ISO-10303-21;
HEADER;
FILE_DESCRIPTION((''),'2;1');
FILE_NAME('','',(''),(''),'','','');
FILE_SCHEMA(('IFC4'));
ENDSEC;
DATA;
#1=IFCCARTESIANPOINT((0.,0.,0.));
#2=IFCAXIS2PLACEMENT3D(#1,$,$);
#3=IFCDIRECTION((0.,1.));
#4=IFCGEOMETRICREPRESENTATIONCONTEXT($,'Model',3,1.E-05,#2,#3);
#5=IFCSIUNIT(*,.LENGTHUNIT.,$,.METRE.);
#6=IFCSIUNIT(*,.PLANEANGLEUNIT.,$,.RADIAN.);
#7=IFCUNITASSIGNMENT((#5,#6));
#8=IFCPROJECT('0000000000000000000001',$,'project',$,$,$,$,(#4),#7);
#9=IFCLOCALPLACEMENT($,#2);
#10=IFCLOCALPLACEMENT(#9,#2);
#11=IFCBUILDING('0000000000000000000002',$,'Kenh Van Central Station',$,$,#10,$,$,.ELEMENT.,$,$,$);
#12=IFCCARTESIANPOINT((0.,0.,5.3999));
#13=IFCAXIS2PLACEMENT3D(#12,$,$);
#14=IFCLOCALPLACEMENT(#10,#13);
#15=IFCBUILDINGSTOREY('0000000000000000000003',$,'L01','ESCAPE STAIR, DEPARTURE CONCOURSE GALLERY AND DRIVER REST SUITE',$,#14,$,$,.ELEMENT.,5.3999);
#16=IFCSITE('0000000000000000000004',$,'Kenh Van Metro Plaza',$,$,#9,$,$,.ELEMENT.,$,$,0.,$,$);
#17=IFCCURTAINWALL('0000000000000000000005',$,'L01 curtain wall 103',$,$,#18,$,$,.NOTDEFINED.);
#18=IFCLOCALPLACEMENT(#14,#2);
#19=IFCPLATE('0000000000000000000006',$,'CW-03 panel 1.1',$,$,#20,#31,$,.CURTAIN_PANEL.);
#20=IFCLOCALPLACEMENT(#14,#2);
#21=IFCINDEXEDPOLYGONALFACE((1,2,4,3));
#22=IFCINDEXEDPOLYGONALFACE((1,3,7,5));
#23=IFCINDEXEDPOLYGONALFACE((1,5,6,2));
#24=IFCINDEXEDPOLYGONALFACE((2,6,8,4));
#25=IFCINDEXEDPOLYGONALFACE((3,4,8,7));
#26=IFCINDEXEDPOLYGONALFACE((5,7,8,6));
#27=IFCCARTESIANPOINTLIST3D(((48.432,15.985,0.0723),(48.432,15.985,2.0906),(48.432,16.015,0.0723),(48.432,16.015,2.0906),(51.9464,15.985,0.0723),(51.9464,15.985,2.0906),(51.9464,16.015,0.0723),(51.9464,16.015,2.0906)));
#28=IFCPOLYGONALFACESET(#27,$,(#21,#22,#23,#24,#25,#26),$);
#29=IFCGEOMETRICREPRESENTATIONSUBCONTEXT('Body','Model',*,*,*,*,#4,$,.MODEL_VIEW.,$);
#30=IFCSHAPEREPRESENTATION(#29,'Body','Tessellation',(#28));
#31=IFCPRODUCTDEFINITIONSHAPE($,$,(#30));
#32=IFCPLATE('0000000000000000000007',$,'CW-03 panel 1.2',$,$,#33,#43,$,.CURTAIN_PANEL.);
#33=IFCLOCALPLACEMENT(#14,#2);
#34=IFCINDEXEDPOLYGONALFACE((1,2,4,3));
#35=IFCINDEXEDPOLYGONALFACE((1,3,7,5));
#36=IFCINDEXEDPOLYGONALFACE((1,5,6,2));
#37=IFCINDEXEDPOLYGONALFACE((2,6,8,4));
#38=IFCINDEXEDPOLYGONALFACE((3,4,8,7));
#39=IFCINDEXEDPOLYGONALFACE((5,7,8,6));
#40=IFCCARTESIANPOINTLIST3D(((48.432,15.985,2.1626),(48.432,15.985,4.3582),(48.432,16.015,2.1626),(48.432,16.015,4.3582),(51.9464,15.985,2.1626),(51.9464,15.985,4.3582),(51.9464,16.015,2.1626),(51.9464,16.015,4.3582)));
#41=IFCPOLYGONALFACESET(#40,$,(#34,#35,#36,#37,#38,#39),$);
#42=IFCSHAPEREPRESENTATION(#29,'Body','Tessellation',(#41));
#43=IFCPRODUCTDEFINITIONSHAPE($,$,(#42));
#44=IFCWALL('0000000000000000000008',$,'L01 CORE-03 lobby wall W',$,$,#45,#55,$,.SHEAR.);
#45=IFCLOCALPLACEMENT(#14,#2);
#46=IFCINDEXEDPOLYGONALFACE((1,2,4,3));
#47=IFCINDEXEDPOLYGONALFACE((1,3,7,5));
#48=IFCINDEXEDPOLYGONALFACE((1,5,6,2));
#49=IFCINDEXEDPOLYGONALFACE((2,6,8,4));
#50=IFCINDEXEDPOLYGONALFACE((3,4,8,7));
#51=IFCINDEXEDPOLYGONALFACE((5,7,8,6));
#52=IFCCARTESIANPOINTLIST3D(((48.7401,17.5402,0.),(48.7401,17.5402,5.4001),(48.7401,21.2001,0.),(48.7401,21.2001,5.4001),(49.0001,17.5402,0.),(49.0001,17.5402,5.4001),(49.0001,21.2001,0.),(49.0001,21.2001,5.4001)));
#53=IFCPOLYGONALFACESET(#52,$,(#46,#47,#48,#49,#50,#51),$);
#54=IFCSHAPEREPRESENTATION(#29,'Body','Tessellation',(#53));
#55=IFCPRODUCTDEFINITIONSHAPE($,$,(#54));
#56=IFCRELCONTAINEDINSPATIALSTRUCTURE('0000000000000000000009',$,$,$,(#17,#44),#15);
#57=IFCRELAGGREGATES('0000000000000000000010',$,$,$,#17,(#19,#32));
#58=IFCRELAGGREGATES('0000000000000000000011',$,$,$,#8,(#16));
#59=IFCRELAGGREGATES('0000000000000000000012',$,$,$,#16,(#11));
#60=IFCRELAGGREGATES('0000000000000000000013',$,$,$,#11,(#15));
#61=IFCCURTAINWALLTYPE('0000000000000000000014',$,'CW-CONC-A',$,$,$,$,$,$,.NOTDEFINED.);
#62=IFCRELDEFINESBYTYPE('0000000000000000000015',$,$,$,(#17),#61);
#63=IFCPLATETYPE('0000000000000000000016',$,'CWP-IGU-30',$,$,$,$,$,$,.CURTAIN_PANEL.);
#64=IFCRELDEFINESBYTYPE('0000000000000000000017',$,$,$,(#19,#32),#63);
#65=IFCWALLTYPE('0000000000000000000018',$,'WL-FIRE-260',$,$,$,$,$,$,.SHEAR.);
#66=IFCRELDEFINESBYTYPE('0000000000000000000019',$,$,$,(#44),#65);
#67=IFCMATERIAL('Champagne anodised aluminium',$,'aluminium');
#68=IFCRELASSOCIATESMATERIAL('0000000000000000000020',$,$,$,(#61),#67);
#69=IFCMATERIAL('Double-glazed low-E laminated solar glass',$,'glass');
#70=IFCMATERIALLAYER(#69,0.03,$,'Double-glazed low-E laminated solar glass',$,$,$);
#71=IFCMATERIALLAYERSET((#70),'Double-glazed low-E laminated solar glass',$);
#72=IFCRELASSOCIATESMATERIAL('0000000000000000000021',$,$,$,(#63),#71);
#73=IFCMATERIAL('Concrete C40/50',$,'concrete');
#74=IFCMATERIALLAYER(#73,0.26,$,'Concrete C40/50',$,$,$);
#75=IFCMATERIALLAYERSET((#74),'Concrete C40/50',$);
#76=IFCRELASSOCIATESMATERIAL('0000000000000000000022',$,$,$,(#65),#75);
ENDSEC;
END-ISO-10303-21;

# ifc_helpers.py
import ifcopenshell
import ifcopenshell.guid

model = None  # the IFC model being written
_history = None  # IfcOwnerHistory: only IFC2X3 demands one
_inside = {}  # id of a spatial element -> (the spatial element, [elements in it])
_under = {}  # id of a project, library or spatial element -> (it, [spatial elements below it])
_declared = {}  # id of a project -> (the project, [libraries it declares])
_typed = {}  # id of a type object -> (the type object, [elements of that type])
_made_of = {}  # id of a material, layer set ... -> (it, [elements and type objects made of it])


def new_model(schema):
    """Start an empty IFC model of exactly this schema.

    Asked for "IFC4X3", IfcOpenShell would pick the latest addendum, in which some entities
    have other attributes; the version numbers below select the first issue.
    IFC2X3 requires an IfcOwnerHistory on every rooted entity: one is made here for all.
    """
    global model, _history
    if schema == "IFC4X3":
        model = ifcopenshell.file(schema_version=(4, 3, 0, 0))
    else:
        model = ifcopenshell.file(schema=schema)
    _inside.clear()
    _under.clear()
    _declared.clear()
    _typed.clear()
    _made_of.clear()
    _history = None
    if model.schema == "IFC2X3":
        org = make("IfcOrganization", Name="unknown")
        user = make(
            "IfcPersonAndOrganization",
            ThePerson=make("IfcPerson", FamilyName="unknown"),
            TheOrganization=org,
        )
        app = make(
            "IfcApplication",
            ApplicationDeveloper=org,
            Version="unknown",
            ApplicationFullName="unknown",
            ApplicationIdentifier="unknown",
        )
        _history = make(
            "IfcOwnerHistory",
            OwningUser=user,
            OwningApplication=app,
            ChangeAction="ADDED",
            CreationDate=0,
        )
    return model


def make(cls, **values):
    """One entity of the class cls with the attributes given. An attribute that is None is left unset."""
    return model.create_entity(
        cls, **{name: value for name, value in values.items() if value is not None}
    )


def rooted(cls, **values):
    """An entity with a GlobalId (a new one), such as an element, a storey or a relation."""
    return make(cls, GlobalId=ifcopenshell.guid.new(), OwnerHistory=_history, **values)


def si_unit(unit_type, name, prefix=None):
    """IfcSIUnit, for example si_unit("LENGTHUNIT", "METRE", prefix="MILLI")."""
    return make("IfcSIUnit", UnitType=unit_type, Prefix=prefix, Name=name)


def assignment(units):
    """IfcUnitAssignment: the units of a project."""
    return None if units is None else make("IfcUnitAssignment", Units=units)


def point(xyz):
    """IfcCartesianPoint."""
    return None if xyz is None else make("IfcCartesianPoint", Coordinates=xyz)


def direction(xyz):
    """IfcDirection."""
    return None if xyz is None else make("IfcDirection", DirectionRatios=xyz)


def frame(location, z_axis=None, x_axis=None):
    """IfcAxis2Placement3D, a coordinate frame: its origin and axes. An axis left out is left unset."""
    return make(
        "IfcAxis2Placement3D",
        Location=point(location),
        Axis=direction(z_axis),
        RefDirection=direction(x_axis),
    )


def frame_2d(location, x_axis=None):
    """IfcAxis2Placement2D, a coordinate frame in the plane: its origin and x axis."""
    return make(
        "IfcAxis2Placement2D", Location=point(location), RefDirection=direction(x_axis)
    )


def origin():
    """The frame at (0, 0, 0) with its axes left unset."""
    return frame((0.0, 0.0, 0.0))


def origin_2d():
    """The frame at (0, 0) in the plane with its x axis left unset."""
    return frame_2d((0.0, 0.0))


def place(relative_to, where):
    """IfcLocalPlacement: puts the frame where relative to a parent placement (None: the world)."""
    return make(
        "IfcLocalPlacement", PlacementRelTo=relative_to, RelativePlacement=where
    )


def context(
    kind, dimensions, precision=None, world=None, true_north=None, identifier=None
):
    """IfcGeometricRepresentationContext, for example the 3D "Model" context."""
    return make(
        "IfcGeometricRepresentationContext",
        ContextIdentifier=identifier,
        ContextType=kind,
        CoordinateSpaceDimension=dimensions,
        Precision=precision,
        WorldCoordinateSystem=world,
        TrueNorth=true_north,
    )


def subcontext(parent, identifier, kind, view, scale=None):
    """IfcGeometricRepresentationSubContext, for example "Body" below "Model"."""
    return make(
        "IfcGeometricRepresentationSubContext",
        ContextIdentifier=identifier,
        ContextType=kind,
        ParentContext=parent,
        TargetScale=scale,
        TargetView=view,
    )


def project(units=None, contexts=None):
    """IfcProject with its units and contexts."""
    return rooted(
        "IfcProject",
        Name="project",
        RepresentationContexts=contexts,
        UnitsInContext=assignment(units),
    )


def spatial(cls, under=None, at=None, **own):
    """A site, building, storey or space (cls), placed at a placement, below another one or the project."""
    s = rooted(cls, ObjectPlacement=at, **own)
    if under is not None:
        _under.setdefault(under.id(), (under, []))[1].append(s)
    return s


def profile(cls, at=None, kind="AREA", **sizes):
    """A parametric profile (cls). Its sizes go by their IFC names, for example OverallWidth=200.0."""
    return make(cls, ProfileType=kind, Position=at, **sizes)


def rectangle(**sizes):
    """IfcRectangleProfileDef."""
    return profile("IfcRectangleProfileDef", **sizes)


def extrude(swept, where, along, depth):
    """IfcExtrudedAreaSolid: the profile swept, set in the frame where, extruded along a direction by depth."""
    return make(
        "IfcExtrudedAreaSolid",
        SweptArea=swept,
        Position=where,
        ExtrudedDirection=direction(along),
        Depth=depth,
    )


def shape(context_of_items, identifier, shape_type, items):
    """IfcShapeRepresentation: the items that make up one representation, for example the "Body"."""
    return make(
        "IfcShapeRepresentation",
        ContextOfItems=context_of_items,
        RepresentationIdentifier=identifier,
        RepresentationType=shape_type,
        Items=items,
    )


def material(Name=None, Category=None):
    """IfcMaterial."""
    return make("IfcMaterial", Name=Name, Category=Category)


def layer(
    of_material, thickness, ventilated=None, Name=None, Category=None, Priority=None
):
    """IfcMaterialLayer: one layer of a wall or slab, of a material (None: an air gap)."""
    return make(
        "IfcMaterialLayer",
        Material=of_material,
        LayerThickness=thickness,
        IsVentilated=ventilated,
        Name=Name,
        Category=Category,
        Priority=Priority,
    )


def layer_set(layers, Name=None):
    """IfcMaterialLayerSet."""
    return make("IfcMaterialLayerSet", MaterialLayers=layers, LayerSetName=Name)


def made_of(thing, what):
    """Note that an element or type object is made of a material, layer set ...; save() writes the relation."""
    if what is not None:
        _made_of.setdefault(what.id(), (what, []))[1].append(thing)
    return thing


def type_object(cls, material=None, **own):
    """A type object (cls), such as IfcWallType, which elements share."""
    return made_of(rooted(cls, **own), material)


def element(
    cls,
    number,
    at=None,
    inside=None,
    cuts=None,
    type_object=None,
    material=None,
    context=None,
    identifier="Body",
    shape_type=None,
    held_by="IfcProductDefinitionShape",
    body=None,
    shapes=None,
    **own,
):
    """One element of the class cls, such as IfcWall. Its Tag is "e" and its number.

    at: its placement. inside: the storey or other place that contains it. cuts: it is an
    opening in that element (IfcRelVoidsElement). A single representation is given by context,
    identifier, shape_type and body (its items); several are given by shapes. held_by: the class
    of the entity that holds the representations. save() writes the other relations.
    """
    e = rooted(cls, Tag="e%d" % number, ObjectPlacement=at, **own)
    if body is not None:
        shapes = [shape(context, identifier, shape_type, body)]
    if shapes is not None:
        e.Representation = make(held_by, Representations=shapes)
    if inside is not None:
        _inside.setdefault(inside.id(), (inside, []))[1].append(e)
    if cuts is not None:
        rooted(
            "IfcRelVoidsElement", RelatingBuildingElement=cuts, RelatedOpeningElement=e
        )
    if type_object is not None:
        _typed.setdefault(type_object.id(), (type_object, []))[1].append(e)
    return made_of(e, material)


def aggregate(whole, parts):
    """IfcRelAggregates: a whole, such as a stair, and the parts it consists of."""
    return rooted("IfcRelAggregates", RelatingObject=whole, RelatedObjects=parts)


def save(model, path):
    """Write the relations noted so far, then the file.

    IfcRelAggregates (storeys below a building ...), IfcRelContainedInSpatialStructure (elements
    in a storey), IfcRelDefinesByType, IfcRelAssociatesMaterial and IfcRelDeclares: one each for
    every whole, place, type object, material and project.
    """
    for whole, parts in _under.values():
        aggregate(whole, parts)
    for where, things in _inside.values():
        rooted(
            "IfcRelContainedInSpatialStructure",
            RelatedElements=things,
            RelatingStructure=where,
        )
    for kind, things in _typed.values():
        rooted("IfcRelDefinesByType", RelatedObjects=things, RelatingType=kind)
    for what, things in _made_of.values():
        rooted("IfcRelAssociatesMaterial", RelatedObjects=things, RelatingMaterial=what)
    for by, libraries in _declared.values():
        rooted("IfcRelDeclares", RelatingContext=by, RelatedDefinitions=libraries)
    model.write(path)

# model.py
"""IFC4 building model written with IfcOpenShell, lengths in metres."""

from ifc_helpers import new_model, si_unit, direction, frame, frame_2d, origin, origin_2d, place, context, subcontext, project, spatial, rectangle, extrude, material, layer, layer_set, type_object, element, aggregate, save


model = new_model("IFC4")

# Units and contexts
model_context = context("Model", 3, precision=1e-05, world=origin(), true_north=direction((0.0, 1.0)))
body_context = subcontext(model_context, "Body", "Model", "MODEL_VIEW")
ifc_project = project(units=[si_unit("LENGTHUNIT", "METRE"), si_unit("PLANEANGLEUNIT", "RADIAN")], contexts=[model_context])

# Site, building, storey
site_placement = place(None, origin())
site = spatial("IfcSite", under=ifc_project, at=site_placement, Name="Kenh Van Metro Plaza", CompositionType="ELEMENT", RefElevation=0.0)
building_placement = place(site_placement, origin())
building = spatial("IfcBuilding", under=site, at=building_placement, Name="Kenh Van Central Station", CompositionType="ELEMENT")
storey_placement = place(building_placement, frame((0.0, 0.0, 5.3999)))
storey = spatial("IfcBuildingStorey", under=building, at=storey_placement, Name="L01", Description="ESCAPE STAIR, DEPARTURE CONCOURSE GALLERY AND DRIVER REST SUITE", CompositionType="ELEMENT", Elevation=5.3999)

# Shared definitions
ifc_material_1 = material(Name="Concrete C40/50", Category="concrete")

# Curtain wall
ifc_material_2 = material(Name="Champagne anodised aluminium", Category="aluminium")
curtain_wall_type = type_object("IfcCurtainWallType", Name="CW-CONC-A", PredefinedType="NOTDEFINED", material=ifc_material_2)
curtain_wall_placement = place(storey_placement, origin())
curtain_wall = element("IfcCurtainWall", 1, at=curtain_wall_placement, inside=storey, type_object=curtain_wall_type, Name="L01 curtain wall 103", PredefinedType="NOTDEFINED")

# Plates
ifc_material_3 = material(Name="Double-glazed low-E laminated solar glass", Category="glass")
ifc_layer_1 = layer(ifc_material_3, 0.03, Name="Double-glazed low-E laminated solar glass")
ifc_layer_set_1 = layer_set([ifc_layer_1], Name="Double-glazed low-E laminated solar glass")
plate_type = type_object("IfcPlateType", Name="CWP-IGU-30", PredefinedType="CURTAIN_PANEL", material=ifc_layer_set_1)
plate_1_placement = place(storey_placement, frame((50.1892, 16.0, 0.0723), z_axis=(0.0, 0.0, 1.0), x_axis=(1.0, 0.0, 0.0)))
plate_1 = element("IfcPlate", 2, at=plate_1_placement, type_object=plate_type, Name="CW-03 panel 1.1", PredefinedType="CURTAIN_PANEL", context=body_context, shape_type="SweptSolid", body=[
    extrude(rectangle(XDim=3.5144, YDim=0.03, at=origin_2d()), origin(), (0.0, 0.0, 1.0), 2.0183),
])
plate_2_placement = place(storey_placement, frame((50.1892, 16.0, 2.1626), z_axis=(0.0, 0.0, 1.0), x_axis=(1.0, 0.0, 0.0)))
plate_2 = element("IfcPlate", 3, at=plate_2_placement, type_object=plate_type, Name="CW-03 panel 1.2", PredefinedType="CURTAIN_PANEL", context=body_context, shape_type="SweptSolid", body=[
    extrude(rectangle(XDim=3.5144, YDim=0.03, at=origin_2d()), origin(), (0.0, 0.0, 1.0), 2.1956),
])
aggregate(curtain_wall, [plate_1, plate_2])

# Wall
ifc_layer_2 = layer(ifc_material_1, 0.26, Name="Concrete C40/50")
ifc_layer_set_2 = layer_set([ifc_layer_2], Name="Concrete C40/50")
wall_type = type_object("IfcWallType", Name="WL-FIRE-260", PredefinedType="SHEAR", material=ifc_layer_set_2)
wall_placement = place(storey_placement, frame((48.8701, 17.54, 0.0), z_axis=(0.0, 0.0, 1.0), x_axis=(0.0, 1.0, 0.0)))
element("IfcWall", 4, at=wall_placement, inside=storey, type_object=wall_type, Name="L01 CORE-03 lobby wall W", PredefinedType="SHEAR", context=body_context, shape_type="SweptSolid", body=[
    extrude(rectangle(XDim=3.6599, YDim=0.26, at=frame_2d((1.8301, 0.0))), origin(), (0.0, 0.0, 1.0), 5.4001),
])

save(model, "model.ifc")
